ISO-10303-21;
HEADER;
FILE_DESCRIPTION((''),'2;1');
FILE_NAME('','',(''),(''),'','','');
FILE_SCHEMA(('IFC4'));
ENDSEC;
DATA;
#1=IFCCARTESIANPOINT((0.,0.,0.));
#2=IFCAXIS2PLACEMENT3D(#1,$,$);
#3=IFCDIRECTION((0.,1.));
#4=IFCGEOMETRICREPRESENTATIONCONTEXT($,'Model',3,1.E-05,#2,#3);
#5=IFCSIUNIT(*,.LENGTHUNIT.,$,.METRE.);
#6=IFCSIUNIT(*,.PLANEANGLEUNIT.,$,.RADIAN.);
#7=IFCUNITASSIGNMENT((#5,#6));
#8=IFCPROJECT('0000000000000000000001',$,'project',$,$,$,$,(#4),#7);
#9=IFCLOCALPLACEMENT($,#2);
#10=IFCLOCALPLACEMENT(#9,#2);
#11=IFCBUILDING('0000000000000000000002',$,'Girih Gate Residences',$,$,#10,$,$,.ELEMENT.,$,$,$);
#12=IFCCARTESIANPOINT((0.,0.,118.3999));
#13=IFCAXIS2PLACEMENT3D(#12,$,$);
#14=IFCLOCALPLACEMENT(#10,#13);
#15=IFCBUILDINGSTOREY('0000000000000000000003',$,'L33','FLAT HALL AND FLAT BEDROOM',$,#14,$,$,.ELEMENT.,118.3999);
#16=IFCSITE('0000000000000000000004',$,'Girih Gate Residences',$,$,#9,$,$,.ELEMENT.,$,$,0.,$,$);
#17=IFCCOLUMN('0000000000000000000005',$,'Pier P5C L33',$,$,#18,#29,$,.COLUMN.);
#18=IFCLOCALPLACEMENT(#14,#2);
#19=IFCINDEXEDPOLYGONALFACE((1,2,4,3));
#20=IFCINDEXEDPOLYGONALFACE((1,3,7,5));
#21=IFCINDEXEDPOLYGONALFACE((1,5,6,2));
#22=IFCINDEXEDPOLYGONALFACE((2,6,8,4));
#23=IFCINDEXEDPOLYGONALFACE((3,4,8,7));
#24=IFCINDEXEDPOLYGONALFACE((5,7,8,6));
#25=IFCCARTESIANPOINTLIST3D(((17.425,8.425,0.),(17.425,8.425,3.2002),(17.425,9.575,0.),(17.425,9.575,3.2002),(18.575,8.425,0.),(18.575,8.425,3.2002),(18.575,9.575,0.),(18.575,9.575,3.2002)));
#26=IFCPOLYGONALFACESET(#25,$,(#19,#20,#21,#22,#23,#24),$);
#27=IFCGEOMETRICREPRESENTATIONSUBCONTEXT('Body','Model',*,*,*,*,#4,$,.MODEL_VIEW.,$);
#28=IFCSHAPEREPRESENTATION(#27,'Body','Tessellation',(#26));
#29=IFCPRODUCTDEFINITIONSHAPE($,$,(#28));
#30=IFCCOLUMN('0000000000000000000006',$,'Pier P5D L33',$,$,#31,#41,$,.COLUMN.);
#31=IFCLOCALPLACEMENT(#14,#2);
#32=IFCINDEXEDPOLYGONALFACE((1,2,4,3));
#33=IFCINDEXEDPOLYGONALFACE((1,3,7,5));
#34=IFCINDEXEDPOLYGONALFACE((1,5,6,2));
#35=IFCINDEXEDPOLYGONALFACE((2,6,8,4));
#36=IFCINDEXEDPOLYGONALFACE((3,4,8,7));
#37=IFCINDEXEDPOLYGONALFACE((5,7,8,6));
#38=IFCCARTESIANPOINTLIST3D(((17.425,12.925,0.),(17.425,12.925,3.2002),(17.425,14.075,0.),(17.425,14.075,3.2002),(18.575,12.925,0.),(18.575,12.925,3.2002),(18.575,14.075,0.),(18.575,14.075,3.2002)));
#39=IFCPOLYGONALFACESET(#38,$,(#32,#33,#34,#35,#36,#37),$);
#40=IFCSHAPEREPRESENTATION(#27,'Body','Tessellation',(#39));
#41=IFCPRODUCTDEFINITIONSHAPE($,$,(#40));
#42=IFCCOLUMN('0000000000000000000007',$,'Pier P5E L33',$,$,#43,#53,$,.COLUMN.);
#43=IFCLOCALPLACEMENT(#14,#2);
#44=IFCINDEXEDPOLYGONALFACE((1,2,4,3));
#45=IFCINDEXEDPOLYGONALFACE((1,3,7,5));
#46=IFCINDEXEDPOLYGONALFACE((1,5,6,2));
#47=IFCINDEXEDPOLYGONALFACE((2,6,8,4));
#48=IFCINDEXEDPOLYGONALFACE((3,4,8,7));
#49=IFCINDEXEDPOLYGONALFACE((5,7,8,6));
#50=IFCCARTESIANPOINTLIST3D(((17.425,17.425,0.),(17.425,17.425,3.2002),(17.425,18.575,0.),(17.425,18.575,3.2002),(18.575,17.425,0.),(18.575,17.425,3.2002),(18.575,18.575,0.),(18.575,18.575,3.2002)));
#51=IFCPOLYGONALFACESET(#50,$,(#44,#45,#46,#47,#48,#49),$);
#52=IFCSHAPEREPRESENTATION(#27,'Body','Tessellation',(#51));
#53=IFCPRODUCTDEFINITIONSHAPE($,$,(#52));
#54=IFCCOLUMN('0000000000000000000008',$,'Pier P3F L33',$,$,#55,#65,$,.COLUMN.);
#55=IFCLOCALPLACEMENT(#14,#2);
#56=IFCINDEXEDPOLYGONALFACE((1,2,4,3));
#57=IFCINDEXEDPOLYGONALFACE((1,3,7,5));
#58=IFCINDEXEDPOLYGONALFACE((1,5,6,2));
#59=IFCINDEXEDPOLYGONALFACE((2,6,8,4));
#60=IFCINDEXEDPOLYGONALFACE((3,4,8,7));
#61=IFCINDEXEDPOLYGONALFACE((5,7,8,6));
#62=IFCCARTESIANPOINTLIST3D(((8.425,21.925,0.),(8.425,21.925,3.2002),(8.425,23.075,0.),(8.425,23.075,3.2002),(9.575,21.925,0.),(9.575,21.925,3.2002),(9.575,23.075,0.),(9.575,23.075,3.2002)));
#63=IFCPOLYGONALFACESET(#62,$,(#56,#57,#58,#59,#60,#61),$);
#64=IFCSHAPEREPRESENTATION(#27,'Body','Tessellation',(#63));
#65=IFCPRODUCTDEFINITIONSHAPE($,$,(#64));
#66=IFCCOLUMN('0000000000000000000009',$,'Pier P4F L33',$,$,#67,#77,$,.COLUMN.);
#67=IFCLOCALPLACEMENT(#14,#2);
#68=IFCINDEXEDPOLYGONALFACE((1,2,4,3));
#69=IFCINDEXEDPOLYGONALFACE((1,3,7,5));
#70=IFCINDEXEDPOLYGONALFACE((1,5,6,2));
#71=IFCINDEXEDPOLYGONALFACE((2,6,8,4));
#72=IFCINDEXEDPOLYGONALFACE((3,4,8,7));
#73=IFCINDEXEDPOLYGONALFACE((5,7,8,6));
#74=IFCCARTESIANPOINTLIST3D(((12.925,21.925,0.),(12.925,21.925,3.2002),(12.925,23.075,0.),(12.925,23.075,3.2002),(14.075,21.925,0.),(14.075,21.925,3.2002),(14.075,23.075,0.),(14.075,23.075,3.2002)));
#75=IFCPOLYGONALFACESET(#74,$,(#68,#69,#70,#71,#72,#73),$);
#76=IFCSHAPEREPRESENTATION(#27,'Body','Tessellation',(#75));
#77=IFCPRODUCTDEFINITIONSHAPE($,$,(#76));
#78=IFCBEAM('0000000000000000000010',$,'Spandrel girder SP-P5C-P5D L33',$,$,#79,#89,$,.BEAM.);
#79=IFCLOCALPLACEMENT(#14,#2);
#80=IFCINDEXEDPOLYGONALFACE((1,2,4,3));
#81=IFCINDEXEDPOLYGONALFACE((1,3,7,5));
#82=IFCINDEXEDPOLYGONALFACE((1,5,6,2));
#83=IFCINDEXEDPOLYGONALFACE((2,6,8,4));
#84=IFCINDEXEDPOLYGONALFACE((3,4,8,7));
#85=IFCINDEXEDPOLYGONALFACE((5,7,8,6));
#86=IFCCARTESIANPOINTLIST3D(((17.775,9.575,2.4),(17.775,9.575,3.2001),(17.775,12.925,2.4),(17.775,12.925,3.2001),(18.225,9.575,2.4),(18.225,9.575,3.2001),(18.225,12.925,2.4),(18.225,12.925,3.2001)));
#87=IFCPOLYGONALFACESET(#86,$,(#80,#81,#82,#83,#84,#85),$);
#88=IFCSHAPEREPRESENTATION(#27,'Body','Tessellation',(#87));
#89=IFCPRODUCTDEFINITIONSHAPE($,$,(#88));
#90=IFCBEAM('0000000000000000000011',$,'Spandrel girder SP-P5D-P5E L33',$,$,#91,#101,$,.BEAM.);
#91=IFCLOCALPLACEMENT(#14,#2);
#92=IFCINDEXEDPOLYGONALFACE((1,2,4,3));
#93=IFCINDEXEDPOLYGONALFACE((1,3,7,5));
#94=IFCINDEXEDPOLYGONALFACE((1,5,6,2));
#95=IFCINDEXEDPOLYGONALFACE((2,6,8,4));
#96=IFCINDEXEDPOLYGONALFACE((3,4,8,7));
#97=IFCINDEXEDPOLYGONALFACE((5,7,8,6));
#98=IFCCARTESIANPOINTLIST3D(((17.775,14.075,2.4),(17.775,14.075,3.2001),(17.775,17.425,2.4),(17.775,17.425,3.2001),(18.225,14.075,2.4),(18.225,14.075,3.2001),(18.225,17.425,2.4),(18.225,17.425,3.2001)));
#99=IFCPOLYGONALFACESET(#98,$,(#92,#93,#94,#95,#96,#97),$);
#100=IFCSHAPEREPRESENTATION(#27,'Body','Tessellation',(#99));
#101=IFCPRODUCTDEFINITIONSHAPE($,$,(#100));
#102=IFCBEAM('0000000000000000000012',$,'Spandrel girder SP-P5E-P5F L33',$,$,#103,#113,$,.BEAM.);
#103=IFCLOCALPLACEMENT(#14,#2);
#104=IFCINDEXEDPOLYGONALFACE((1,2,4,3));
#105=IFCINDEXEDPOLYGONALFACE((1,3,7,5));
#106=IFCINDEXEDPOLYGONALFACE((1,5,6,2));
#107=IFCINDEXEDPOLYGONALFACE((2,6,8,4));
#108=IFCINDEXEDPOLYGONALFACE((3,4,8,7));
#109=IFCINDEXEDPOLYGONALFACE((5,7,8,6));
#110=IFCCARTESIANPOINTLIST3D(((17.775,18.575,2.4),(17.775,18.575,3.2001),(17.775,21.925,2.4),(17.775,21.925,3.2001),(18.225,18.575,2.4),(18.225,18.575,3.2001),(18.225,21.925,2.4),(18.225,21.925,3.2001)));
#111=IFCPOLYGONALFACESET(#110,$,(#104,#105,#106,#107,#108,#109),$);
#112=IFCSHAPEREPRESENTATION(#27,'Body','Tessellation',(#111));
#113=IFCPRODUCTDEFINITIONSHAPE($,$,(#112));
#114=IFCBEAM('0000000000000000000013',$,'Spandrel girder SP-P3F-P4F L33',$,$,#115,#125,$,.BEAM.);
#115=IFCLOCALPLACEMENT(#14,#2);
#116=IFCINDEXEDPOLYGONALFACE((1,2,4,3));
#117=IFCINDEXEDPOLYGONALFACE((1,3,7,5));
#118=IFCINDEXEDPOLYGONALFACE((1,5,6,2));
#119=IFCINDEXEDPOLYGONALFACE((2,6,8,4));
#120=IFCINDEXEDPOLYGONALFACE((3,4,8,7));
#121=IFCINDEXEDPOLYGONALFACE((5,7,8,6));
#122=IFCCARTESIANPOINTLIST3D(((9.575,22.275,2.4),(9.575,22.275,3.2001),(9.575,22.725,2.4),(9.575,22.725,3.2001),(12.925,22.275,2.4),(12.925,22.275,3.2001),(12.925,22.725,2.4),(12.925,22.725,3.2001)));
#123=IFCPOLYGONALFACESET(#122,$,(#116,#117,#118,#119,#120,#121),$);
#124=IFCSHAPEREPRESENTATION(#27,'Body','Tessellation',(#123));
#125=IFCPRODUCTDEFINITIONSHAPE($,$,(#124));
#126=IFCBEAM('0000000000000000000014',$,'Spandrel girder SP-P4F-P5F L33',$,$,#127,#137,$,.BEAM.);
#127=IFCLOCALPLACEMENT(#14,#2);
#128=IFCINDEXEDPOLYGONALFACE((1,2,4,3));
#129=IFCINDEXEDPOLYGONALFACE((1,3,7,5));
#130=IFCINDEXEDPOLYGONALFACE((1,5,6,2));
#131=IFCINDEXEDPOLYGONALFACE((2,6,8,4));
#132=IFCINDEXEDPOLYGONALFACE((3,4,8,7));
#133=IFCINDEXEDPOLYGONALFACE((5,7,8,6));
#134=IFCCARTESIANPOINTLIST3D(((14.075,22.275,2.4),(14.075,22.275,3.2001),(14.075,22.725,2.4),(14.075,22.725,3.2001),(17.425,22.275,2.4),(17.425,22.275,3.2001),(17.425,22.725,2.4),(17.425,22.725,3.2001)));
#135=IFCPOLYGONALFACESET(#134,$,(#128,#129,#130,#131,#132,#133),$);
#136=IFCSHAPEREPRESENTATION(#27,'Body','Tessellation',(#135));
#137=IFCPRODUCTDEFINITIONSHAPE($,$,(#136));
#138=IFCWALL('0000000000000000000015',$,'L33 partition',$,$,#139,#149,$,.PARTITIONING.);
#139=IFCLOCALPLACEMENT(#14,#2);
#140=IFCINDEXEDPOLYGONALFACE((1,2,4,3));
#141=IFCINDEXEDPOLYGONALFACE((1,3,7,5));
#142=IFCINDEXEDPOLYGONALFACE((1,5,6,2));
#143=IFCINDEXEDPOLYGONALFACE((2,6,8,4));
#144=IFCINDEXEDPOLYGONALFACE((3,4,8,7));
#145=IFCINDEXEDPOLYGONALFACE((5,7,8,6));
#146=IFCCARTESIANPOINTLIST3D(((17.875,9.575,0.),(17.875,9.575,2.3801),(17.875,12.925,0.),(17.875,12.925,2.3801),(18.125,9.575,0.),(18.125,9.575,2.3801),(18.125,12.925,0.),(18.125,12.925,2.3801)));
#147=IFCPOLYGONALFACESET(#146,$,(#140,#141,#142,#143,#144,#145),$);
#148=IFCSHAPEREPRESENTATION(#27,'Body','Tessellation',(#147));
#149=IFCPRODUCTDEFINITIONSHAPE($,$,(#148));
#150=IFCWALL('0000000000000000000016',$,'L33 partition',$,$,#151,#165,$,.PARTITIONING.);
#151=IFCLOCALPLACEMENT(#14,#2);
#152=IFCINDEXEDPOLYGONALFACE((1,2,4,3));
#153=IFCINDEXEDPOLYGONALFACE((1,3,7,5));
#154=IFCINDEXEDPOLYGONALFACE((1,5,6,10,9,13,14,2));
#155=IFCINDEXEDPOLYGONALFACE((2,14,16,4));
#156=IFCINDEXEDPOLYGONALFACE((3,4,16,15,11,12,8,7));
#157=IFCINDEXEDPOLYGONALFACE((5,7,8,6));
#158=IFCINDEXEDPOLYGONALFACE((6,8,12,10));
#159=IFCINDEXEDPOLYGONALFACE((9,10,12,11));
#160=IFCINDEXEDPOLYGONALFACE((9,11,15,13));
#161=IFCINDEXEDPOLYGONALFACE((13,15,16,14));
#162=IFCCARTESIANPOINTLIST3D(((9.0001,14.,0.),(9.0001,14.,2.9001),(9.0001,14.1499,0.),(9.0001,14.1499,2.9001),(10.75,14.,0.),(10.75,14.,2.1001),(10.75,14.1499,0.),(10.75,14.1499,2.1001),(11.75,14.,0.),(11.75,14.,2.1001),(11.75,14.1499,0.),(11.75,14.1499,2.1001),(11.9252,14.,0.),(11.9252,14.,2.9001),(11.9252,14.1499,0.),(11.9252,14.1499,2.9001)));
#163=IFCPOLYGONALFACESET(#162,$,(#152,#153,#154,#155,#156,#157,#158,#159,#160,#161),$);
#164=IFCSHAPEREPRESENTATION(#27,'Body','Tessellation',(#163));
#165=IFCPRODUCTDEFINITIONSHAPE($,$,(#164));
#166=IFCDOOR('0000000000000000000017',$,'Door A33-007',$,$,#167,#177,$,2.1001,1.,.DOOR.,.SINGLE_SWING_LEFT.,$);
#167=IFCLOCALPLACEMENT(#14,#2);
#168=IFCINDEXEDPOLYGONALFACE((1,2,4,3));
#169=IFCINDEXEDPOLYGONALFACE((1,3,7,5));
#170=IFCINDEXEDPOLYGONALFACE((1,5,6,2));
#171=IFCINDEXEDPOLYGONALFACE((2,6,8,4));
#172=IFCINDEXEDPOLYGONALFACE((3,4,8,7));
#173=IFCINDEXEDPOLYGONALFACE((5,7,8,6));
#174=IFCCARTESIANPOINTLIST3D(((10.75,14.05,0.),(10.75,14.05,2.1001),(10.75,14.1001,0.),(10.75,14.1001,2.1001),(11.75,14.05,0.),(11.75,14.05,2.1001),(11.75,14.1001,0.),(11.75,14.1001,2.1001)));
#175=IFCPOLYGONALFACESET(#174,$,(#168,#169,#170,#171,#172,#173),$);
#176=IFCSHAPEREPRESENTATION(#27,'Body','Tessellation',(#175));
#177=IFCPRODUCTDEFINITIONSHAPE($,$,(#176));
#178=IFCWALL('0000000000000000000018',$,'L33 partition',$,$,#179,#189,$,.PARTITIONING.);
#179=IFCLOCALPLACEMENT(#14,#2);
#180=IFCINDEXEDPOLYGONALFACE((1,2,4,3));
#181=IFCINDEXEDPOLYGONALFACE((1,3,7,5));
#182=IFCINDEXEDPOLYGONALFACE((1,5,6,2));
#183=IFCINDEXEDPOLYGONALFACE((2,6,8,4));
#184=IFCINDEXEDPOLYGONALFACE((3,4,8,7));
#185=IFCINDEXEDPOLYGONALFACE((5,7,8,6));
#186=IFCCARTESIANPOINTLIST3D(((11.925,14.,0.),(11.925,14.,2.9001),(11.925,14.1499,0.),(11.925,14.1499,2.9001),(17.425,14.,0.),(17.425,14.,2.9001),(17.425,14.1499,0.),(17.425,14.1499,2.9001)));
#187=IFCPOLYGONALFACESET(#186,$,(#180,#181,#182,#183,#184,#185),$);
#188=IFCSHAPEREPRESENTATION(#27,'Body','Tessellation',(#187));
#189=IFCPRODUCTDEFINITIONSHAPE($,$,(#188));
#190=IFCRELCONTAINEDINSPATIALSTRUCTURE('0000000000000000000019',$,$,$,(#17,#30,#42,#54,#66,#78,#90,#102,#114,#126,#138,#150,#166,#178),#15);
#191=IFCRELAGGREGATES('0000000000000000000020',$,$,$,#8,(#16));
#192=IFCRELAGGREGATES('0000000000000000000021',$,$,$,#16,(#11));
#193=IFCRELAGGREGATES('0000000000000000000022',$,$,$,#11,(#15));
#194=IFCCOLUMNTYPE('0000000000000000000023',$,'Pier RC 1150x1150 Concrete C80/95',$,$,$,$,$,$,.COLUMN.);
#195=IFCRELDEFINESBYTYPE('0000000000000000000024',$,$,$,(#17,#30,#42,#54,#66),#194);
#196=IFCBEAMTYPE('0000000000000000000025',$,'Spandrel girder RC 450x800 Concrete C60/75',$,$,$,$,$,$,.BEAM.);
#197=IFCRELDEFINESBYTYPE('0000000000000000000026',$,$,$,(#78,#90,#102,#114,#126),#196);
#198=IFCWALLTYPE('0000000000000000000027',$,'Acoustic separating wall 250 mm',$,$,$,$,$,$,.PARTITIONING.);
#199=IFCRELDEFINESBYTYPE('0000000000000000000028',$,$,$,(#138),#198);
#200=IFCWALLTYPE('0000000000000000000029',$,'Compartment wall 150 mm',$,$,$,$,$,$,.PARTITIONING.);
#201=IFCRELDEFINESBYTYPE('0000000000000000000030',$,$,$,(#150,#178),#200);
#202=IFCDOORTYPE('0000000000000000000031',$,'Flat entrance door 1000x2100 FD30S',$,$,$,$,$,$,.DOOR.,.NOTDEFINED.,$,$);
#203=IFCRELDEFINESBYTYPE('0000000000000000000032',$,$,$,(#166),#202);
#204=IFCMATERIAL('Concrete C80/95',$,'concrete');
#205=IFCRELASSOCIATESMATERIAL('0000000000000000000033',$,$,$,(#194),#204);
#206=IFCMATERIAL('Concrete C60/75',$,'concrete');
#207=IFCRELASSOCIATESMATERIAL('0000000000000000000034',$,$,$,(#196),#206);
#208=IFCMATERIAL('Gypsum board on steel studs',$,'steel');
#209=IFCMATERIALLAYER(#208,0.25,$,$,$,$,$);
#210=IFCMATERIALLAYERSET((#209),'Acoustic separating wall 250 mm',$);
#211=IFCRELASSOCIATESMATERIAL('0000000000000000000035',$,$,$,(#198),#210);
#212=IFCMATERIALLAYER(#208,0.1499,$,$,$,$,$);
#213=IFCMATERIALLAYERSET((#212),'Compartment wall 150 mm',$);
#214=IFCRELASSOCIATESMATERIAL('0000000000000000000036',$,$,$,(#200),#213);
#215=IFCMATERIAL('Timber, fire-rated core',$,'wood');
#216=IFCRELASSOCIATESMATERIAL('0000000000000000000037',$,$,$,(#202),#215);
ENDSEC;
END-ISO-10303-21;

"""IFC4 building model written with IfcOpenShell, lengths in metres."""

from ifc_helpers import new_model, si_unit, direction, frame, frame_2d, origin, origin_2d, place, context, subcontext, project, spatial, rectangle, extrude, material, layer, layer_set, material_profile, profile_set, type_object, element, fill, save


model = new_model("IFC4")

# Units and contexts
model_context = context("Model", 3, precision=1e-05, world=origin(), true_north=direction((0.0, 1.0)))
body_context = subcontext(model_context, "Body", "Model", "MODEL_VIEW")
ifc_project = project(units=[si_unit("LENGTHUNIT", "METRE"), si_unit("PLANEANGLEUNIT", "RADIAN")], contexts=[model_context])

# Site, building, storey
site_placement = place(None, origin())
site = spatial("IfcSite", under=ifc_project, at=site_placement, Name="Girih Gate Residences", CompositionType="ELEMENT", RefElevation=0.0)
building_placement = place(site_placement, origin())
building = spatial("IfcBuilding", under=site, at=building_placement, Name="Girih Gate Residences", CompositionType="ELEMENT")
storey_placement = place(building_placement, frame((0.0, 0.0, 118.3999)))
storey = spatial("IfcBuildingStorey", under=building, at=storey_placement, Name="L33", Description="FLAT HALL AND FLAT BEDROOM", CompositionType="ELEMENT", Elevation=118.3999)

# Columns
ifc_material_1 = material(Name="Concrete C80/95", Category="concrete")
ifc_material_profile_1 = material_profile(ifc_material_1, rectangle(XDim=1.1499, YDim=1.1499, at=origin_2d()))
ifc_profile_set_1 = profile_set([ifc_material_profile_1], Name="Concrete C80/95")
column_type = type_object("IfcColumnType", Name="Pier RC 1150x1150 Concrete C80/95", PredefinedType="COLUMN", material=ifc_profile_set_1)
for number, where, z_axis, x_axis, name in (
    (1, (18.0, 9.0, 0.0), (0.0, 0.0, 1.0), (1.0, 0.0, 0.0), "Pier P5C L33"),
    (2, (18.0, 13.5, 0.0), (0.0, 0.0, 1.0), (1.0, 0.0, 0.0), "Pier P5D L33"),
    (3, (18.0, 18.0, 0.0), (0.0, 0.0, 1.0), (1.0, 0.0, 0.0), "Pier P5E L33"),
    (4, (9.0, 22.5, 0.0), (0.0, 0.0, 1.0), (1.0, 0.0, 0.0), "Pier P3F L33"),
    (5, (13.5, 22.5, 0.0), (0.0, 0.0, 1.0), (1.0, 0.0, 0.0), "Pier P4F L33"),
):
    element("IfcColumn", number, at=place(storey_placement, frame(where, z_axis=z_axis, x_axis=x_axis)), inside=storey, type_object=column_type, Name=name, PredefinedType="COLUMN", context=body_context, shape_type="SweptSolid", body=[
        extrude(rectangle(XDim=1.1499, YDim=1.1499, at=origin_2d()), origin(), (0.0, 0.0, 1.0), 3.2002),
    ])

# Beams
ifc_material_2 = material(Name="Concrete C60/75", Category="concrete")
ifc_material_profile_2 = material_profile(ifc_material_2, rectangle(XDim=0.45, YDim=0.8, at=origin_2d()))
ifc_profile_set_2 = profile_set([ifc_material_profile_2], Name="Concrete C60/75")
beam_type = type_object("IfcBeamType", Name="Spandrel girder RC 450x800 Concrete C60/75", PredefinedType="BEAM", material=ifc_profile_set_2)
for number, where, z_axis, x_axis, name in (
    (6, (18.0, 9.575, 2.8), (0.0, 1.0, 0.0), (-1.0, 0.0, 0.0), "Spandrel girder SP-P5C-P5D L33"),
    (7, (18.0, 14.075, 2.8), (0.0, 1.0, 0.0), (-1.0, 0.0, 0.0), "Spandrel girder SP-P5D-P5E L33"),
    (8, (18.0, 18.575, 2.8), (0.0, 1.0, 0.0), (-1.0, 0.0, 0.0), "Spandrel girder SP-P5E-P5F L33"),
    (9, (9.575, 22.5, 2.8), (1.0, 0.0, 0.0), (0.0, 1.0, 0.0), "Spandrel girder SP-P3F-P4F L33"),
    (10, (14.075, 22.5, 2.8), (1.0, 0.0, 0.0), (0.0, 1.0, 0.0), "Spandrel girder SP-P4F-P5F L33"),
):
    element("IfcBeam", number, at=place(storey_placement, frame(where, z_axis=z_axis, x_axis=x_axis)), inside=storey, type_object=beam_type, Name=name, PredefinedType="BEAM", context=body_context, shape_type="SweptSolid", body=[
        extrude(rectangle(XDim=0.45, YDim=0.8, at=origin_2d()), origin(), (0.0, 0.0, 1.0), 3.3501),
    ])

# Wall
ifc_material_3 = material(Name="Gypsum board on steel studs", Category="steel")
ifc_layer_1 = layer(ifc_material_3, 0.25)
ifc_layer_set_1 = layer_set([ifc_layer_1], Name="Acoustic separating wall 250 mm")
wall_type_1 = type_object("IfcWallType", Name="Acoustic separating wall 250 mm", PredefinedType="PARTITIONING", material=ifc_layer_set_1)
wall_1_placement = place(storey_placement, frame((18.0, 9.575, 0.0), z_axis=(0.0, 0.0, 1.0), x_axis=(0.0, 1.0, 0.0)))
element("IfcWall", 11, at=wall_1_placement, inside=storey, type_object=wall_type_1, Name="L33 partition", PredefinedType="PARTITIONING", context=body_context, shape_type="SweptSolid", body=[
    extrude(rectangle(XDim=3.3501, YDim=0.25, at=frame_2d((1.675, 0.0))), origin(), (0.0, 0.0, 1.0), 2.3801),
])

# Wall, opening, door
ifc_layer_2 = layer(ifc_material_3, 0.1499)
ifc_layer_set_2 = layer_set([ifc_layer_2], Name="Compartment wall 150 mm")
wall_type_2 = type_object("IfcWallType", Name="Compartment wall 150 mm", PredefinedType="PARTITIONING", material=ifc_layer_set_2)
wall_2_placement = place(storey_placement, frame((11.925, 14.075, 0.0), z_axis=(0.0, 0.0, 1.0), x_axis=(-1.0, 0.0, 0.0)))
wall_2 = element("IfcWall", 12, at=wall_2_placement, inside=storey, type_object=wall_type_2, Name="L33 partition", PredefinedType="PARTITIONING", context=body_context, shape_type="SweptSolid", body=[
    extrude(rectangle(XDim=2.925, YDim=0.1499, at=frame_2d((1.4624, 0.0))), origin(), (0.0, 0.0, 1.0), 2.9001),
])
opening_1_placement = place(wall_2_placement, frame((0.175, 0.0, 0.0)))
opening_1 = element("IfcOpeningElement", 13, at=opening_1_placement, cuts=wall_2, PredefinedType="OPENING", context=body_context, shape_type="SweptSolid", body=[
    extrude(rectangle(XDim=1.0, YDim=2.1001, at=frame_2d((0.5, 1.05))), frame((0.0, 0.085, 0.0), z_axis=(0.0, -1.0, 0.0), x_axis=(1.0, 0.0, 0.0)), (0.0, 0.0, 1.0), 0.1699),
])
ifc_material_4 = material(Name="Timber, fire-rated core", Category="wood")
door_type_1 = type_object("IfcDoorType", Name="Flat entrance door 1000x2100 FD30S", OperationType="NOTDEFINED", PredefinedType="DOOR", material=ifc_material_4)
door_1_placement = place(opening_1_placement, origin())
door_1 = element("IfcDoor", 14, at=door_1_placement, inside=storey, type_object=door_type_1, Name="Door A33-007", OperationType="SINGLE_SWING_LEFT", OverallHeight=2.1001, OverallWidth=1.0, PredefinedType="DOOR", context=body_context, shape_type="SweptSolid", body=[
    extrude(rectangle(XDim=1.0, YDim=2.1001, at=frame_2d((0.5, 1.05))), frame((0.0, 0.0249, 0.0), z_axis=(0.0, -1.0, 0.0), x_axis=(1.0, 0.0, 0.0)), (0.0, 0.0, 1.0), 0.05),
])
fill(opening_1, door_1)

# Wall
wall_3_placement = place(storey_placement, frame((11.925, 14.075, 0.0), z_axis=(0.0, 0.0, 1.0), x_axis=(1.0, 0.0, 0.0)))
element("IfcWall", 15, at=wall_3_placement, inside=storey, type_object=wall_type_2, Name="L33 partition", PredefinedType="PARTITIONING", context=body_context, shape_type="SweptSolid", body=[
    extrude(rectangle(XDim=5.5, YDim=0.1499, at=frame_2d((2.75, 0.0))), origin(), (0.0, 0.0, 1.0), 2.9001),
])

save(model, "model.ifc")
